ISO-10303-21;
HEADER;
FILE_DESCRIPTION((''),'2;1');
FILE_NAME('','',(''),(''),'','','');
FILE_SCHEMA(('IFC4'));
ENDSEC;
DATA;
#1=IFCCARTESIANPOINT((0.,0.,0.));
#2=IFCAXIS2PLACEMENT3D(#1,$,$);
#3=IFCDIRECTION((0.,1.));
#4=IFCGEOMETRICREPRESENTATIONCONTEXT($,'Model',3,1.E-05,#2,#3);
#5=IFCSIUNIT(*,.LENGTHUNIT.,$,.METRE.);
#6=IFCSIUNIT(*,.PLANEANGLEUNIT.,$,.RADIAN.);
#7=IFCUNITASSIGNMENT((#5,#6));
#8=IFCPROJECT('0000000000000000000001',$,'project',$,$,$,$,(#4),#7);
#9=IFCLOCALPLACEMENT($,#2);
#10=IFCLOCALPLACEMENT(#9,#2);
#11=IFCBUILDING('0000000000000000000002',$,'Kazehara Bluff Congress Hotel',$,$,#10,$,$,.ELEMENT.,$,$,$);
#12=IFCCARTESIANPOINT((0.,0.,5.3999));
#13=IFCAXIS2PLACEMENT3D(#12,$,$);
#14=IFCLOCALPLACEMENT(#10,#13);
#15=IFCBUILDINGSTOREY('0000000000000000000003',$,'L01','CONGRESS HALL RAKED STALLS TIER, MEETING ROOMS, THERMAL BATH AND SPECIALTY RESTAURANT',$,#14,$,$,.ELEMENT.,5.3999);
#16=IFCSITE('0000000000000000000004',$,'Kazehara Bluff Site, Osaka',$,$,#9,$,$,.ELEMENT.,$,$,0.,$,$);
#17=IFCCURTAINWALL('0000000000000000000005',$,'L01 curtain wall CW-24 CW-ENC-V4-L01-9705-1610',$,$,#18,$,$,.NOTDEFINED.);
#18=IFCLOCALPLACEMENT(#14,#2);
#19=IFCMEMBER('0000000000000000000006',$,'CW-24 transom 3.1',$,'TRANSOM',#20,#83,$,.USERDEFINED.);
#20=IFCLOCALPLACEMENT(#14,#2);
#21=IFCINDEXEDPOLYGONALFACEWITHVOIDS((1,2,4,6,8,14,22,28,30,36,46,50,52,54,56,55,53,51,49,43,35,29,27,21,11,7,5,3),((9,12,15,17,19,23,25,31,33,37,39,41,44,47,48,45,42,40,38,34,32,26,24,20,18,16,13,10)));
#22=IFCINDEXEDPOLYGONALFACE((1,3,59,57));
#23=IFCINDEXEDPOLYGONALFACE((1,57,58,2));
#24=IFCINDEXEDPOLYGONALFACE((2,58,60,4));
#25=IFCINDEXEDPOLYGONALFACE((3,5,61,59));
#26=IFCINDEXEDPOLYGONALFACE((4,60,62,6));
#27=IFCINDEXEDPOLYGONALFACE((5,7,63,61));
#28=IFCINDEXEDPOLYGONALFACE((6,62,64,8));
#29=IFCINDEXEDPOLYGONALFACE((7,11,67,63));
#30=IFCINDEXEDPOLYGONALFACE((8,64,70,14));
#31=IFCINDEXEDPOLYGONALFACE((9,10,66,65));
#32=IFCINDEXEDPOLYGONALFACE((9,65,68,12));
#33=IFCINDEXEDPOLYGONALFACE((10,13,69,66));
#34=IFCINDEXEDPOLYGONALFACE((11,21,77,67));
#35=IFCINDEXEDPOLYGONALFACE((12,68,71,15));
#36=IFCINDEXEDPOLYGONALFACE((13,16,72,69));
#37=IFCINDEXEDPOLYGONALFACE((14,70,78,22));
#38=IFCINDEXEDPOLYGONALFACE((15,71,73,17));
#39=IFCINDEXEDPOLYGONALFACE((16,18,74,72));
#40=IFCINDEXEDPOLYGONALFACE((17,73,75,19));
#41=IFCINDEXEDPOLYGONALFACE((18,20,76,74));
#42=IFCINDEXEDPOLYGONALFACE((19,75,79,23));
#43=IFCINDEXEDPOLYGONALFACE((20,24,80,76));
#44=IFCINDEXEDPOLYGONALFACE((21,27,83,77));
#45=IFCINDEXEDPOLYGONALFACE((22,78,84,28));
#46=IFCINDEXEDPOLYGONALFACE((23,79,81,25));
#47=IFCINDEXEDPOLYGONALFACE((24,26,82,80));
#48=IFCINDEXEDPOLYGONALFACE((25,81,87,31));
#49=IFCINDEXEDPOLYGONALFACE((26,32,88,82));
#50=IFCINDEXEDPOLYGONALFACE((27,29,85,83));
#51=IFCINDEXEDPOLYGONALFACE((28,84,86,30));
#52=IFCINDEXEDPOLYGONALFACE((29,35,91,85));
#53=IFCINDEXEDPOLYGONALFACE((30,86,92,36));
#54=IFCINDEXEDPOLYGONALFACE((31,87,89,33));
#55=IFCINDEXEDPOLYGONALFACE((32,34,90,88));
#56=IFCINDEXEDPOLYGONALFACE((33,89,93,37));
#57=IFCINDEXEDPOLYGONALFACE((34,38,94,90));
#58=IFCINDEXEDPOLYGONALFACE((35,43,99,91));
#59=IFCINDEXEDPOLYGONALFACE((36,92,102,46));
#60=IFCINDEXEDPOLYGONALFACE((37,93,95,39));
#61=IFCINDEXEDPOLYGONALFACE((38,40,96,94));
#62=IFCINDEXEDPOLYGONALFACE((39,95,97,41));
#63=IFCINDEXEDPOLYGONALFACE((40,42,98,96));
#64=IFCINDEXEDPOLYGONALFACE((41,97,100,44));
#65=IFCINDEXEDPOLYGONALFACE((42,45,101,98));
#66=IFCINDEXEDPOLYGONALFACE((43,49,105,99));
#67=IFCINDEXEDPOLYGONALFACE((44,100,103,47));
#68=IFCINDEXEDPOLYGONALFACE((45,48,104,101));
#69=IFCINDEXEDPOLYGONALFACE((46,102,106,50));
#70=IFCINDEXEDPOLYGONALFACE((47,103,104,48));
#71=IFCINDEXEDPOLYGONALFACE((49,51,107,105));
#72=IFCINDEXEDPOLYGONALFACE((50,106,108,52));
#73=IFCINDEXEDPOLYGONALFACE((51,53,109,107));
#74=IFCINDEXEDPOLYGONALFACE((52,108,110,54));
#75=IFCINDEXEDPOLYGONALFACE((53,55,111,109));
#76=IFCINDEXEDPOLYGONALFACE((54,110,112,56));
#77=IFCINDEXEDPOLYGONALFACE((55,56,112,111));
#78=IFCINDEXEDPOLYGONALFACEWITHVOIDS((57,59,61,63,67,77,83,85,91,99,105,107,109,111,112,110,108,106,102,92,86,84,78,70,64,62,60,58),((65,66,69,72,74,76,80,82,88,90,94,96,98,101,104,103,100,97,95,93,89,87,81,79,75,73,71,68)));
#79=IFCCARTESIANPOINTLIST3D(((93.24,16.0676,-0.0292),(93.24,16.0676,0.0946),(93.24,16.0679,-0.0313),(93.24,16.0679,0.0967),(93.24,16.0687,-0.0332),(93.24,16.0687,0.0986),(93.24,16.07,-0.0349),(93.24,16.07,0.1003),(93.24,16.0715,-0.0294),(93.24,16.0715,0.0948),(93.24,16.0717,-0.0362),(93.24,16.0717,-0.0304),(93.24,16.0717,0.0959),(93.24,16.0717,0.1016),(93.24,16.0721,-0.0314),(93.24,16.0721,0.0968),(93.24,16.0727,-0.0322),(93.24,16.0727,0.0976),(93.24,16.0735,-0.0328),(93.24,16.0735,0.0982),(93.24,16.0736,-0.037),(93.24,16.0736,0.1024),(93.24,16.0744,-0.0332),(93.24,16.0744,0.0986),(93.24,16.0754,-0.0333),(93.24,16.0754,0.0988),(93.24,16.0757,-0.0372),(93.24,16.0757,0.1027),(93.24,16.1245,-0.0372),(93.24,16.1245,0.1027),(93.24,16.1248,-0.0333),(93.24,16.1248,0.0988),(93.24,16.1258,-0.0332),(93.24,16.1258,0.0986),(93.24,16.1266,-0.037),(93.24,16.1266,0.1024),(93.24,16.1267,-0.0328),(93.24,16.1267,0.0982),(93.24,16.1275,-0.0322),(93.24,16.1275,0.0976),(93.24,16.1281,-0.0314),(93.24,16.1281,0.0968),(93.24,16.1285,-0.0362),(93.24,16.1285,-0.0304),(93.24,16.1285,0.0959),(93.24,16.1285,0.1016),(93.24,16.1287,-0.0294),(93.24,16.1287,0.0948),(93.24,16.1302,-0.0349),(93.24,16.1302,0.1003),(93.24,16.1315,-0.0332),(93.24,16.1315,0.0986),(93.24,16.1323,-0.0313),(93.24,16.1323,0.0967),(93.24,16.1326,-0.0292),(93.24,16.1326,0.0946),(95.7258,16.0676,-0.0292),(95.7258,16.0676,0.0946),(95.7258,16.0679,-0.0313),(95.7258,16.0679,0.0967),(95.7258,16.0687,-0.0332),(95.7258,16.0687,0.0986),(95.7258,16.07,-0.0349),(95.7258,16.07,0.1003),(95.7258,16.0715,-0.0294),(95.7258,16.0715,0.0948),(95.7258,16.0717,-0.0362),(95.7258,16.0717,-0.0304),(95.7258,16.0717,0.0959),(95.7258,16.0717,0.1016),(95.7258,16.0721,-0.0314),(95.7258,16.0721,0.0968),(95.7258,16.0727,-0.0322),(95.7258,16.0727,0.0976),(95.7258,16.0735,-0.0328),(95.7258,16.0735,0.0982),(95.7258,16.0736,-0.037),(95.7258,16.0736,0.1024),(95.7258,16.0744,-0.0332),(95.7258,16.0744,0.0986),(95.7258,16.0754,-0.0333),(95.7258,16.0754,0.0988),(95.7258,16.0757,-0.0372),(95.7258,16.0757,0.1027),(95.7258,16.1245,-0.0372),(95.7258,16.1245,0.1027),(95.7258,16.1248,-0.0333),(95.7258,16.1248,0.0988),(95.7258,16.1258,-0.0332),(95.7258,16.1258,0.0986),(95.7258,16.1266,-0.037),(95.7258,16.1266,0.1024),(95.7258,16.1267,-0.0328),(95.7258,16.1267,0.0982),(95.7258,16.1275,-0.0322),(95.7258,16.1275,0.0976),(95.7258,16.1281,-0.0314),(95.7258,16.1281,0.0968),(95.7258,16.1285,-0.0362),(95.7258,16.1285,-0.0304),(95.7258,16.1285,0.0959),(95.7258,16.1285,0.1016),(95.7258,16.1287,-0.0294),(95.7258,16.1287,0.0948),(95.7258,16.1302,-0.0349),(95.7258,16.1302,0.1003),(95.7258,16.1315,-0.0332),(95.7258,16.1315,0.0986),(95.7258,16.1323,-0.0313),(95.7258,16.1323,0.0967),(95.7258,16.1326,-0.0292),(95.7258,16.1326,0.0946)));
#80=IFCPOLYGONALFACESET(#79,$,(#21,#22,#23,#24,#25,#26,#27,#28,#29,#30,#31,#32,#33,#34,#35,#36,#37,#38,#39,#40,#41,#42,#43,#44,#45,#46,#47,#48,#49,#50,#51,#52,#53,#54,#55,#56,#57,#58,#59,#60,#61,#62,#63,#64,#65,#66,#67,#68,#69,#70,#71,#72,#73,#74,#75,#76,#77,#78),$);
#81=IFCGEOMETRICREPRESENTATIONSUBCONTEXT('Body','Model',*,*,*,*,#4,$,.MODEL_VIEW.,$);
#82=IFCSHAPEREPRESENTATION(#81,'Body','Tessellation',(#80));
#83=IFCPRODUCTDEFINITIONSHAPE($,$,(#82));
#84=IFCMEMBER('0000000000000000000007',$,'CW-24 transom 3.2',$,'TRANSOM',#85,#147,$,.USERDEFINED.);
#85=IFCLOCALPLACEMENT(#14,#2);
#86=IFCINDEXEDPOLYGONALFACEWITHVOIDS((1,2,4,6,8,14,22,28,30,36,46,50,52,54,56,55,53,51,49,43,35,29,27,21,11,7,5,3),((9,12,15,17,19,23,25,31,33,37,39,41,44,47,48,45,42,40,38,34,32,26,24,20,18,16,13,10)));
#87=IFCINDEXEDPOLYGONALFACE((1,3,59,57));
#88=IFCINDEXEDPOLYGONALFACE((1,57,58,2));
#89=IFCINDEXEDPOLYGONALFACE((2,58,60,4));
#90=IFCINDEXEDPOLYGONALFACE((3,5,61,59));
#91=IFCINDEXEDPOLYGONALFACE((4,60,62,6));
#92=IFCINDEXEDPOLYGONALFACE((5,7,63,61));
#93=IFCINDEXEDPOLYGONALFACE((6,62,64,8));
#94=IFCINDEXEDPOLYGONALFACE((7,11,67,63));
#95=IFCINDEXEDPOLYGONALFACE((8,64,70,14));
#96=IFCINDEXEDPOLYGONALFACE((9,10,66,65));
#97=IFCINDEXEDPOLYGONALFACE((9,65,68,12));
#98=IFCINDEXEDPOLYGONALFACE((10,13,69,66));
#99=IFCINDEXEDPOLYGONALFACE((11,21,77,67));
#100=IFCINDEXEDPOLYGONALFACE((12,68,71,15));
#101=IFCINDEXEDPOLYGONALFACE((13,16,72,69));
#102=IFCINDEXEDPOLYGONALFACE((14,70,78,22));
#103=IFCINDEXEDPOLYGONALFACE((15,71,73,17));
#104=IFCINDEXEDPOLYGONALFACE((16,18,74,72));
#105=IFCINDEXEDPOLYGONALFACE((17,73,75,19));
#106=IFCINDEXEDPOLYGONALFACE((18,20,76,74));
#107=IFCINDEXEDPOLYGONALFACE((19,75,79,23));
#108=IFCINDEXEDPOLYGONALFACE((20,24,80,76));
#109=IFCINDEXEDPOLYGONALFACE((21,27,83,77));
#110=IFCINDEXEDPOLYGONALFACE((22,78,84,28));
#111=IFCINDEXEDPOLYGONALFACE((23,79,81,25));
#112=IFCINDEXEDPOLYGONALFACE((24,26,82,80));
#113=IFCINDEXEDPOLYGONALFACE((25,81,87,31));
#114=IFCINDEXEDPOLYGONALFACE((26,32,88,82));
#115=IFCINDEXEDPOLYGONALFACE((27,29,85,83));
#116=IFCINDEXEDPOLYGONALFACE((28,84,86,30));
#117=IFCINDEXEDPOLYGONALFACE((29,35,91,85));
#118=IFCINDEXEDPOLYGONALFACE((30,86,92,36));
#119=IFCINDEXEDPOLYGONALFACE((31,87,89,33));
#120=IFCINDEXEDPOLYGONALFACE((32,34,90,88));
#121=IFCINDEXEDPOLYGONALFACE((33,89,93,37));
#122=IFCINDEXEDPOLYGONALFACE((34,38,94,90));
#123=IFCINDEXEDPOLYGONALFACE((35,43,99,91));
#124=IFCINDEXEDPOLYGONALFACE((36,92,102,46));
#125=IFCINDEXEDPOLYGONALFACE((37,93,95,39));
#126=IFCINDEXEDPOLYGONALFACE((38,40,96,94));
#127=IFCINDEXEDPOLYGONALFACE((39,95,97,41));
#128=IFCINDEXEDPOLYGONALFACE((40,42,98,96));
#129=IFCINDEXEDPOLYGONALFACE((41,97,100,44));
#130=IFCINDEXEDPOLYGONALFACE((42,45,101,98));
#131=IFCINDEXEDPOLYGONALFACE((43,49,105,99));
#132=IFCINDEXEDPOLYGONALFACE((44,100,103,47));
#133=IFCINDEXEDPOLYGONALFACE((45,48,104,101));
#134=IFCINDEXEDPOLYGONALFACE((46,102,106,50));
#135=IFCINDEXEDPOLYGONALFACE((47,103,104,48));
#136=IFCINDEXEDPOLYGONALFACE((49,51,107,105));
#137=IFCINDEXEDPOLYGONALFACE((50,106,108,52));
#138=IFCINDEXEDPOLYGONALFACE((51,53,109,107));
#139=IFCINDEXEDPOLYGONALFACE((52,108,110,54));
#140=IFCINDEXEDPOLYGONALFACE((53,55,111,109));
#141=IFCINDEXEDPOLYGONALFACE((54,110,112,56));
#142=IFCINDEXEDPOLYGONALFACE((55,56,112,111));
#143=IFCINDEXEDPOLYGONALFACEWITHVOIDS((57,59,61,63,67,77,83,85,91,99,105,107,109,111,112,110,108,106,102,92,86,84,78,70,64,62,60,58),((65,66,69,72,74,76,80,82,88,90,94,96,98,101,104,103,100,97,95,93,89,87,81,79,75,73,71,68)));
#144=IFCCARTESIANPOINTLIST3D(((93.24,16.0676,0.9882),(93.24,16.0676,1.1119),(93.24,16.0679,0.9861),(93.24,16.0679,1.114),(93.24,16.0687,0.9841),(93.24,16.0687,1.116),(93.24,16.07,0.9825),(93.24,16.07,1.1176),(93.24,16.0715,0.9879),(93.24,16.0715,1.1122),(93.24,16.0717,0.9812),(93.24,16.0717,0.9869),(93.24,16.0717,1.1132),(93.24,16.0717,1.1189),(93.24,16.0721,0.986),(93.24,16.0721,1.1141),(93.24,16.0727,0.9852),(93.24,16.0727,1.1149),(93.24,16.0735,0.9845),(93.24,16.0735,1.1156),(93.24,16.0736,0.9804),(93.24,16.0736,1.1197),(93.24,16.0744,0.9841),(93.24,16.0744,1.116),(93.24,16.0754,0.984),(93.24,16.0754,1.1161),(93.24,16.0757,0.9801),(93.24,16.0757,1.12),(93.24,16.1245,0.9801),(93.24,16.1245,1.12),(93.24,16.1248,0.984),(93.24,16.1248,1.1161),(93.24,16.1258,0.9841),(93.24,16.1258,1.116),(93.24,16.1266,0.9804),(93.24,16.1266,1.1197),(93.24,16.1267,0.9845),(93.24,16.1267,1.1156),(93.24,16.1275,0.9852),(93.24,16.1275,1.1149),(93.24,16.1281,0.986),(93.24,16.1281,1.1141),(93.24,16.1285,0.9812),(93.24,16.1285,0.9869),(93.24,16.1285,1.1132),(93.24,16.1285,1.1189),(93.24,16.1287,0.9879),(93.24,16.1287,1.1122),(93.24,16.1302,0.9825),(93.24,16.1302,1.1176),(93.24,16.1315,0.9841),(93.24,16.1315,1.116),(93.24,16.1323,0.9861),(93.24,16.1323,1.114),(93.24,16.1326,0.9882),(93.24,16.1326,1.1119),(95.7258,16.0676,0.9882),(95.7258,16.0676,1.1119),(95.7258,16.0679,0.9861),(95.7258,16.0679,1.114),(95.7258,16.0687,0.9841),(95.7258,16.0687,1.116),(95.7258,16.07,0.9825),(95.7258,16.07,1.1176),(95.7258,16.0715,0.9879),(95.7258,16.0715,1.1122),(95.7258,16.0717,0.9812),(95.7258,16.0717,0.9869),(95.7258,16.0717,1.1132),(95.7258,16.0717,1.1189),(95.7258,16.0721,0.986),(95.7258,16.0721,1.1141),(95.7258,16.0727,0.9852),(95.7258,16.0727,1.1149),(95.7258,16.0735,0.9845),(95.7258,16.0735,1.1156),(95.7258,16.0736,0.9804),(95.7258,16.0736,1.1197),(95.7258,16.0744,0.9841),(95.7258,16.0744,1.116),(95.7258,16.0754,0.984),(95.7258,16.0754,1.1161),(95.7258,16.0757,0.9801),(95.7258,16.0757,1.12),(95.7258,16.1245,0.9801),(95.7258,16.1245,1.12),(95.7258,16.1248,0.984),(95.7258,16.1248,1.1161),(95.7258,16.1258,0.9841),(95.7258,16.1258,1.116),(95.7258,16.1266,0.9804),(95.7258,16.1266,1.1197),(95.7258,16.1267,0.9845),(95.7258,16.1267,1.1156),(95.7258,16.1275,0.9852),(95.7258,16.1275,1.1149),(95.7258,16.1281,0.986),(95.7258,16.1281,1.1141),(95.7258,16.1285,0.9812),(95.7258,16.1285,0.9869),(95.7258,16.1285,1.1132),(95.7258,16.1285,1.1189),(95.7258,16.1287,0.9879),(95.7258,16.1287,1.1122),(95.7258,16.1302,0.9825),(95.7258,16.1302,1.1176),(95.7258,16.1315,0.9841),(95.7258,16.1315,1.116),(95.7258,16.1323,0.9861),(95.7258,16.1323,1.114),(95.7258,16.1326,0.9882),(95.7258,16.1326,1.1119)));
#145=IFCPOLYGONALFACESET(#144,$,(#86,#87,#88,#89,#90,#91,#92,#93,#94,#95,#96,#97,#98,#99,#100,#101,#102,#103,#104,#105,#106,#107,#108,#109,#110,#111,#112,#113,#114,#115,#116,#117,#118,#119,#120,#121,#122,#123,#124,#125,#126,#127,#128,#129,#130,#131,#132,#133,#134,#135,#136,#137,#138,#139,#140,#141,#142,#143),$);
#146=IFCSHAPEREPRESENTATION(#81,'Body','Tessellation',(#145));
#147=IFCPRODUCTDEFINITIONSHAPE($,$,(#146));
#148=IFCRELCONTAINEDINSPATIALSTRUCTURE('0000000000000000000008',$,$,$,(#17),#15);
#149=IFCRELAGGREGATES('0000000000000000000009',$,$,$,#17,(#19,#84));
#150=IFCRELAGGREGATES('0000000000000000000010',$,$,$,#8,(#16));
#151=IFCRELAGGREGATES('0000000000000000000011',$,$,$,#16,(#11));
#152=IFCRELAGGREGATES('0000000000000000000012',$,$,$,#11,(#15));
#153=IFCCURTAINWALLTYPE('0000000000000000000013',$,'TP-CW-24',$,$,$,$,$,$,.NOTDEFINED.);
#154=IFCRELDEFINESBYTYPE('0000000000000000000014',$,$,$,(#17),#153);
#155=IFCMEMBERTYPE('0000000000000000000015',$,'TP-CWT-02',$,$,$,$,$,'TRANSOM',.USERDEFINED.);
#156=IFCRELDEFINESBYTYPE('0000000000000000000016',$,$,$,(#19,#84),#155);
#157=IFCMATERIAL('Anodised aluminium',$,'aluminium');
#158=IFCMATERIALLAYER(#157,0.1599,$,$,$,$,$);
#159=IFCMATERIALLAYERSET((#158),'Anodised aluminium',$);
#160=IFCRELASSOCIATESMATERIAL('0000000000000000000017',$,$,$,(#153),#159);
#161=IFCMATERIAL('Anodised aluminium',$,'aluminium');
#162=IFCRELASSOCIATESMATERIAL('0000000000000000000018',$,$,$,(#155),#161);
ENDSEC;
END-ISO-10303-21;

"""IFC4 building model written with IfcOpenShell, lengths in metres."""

from ifc_helpers import new_model, si_unit, direction, frame, origin, origin_2d, place, context, subcontext, project, spatial, hollow_rectangle, extrude, material, layer, layer_set, material_profile, profile_set, type_object, element, aggregate, save


model = new_model("IFC4")

# Units and contexts
model_context = context("Model", 3, precision=1e-05, world=origin(), true_north=direction((0.0, 1.0)))
body_context = subcontext(model_context, "Body", "Model", "MODEL_VIEW")
ifc_project = project(units=[si_unit("LENGTHUNIT", "METRE"), si_unit("PLANEANGLEUNIT", "RADIAN")], contexts=[model_context])

# Site, building, storey
site_placement = place(None, origin())
site = spatial("IfcSite", under=ifc_project, at=site_placement, Name="Kazehara Bluff Site, Osaka", CompositionType="ELEMENT", RefElevation=0.0)
building_placement = place(site_placement, origin())
building = spatial("IfcBuilding", under=site, at=building_placement, Name="Kazehara Bluff Congress Hotel", CompositionType="ELEMENT")
storey_placement = place(building_placement, frame((0.0, 0.0, 5.3999)))
storey = spatial("IfcBuildingStorey", under=building, at=storey_placement, Name="L01", Description="CONGRESS HALL RAKED STALLS TIER, MEETING ROOMS, THERMAL BATH AND SPECIALTY RESTAURANT", CompositionType="ELEMENT", Elevation=5.3999)

# Curtain wall
ifc_material_1 = material(Name="Anodised aluminium", Category="aluminium")
ifc_layer_1 = layer(ifc_material_1, 0.1599)
ifc_layer_set_1 = layer_set([ifc_layer_1], Name="Anodised aluminium")
curtain_wall_type_1 = type_object("IfcCurtainWallType", Name="TP-CW-24", PredefinedType="NOTDEFINED", material=ifc_layer_set_1)
curtain_wall_1_placement = place(storey_placement, origin())
curtain_wall_1 = element("IfcCurtainWall", 1, at=curtain_wall_1_placement, inside=storey, type_object=curtain_wall_type_1, Name="L01 curtain wall CW-24 CW-ENC-V4-L01-9705-1610", PredefinedType="NOTDEFINED")

# Members
ifc_material_2 = material(Name="Anodised aluminium", Category="aluminium")
ifc_material_profile_1 = material_profile(ifc_material_2, hollow_rectangle(XDim=0.0649, YDim=0.1399, WallThickness=0.0039, InnerFilletRadius=0.0039, OuterFilletRadius=0.0081, at=origin_2d()))
ifc_profile_set_1 = profile_set([ifc_material_profile_1], Name="Anodised aluminium")
member_type_1 = type_object("IfcMemberType", Name="TP-CWT-02", ElementType="TRANSOM", PredefinedType="USERDEFINED", material=ifc_profile_set_1)
member_1_placement = place(storey_placement, frame((95.7258, 16.1001, 0.0327), z_axis=(-1.0, 0.0, 0.0), x_axis=(0.0, -1.0, 0.0)))
member_1 = element("IfcMember", 2, at=member_1_placement, type_object=member_type_1, Name="CW-24 transom 3.1", ObjectType="TRANSOM", PredefinedType="USERDEFINED", context=body_context, shape_type="SweptSolid", body=[
    extrude(hollow_rectangle(XDim=0.0649, YDim=0.1399, WallThickness=0.0039, InnerFilletRadius=0.0039, OuterFilletRadius=0.0081, at=origin_2d()), origin(), (0.0, 0.0, 1.0), 2.4858),
])
member_2_placement = place(storey_placement, frame((95.7258, 16.1001, 1.05), z_axis=(-1.0, 0.0, 0.0), x_axis=(0.0, -1.0, 0.0)))
member_2 = element("IfcMember", 3, at=member_2_placement, type_object=member_type_1, Name="CW-24 transom 3.2", ObjectType="TRANSOM", PredefinedType="USERDEFINED", context=body_context, shape_type="SweptSolid", body=[
    extrude(hollow_rectangle(XDim=0.0649, YDim=0.1399, WallThickness=0.0039, InnerFilletRadius=0.0039, OuterFilletRadius=0.0081, at=origin_2d()), origin(), (0.0, 0.0, 1.0), 2.4858),
])

aggregate(curtain_wall_1, [member_1, member_2])

save(model, "model.ifc")
